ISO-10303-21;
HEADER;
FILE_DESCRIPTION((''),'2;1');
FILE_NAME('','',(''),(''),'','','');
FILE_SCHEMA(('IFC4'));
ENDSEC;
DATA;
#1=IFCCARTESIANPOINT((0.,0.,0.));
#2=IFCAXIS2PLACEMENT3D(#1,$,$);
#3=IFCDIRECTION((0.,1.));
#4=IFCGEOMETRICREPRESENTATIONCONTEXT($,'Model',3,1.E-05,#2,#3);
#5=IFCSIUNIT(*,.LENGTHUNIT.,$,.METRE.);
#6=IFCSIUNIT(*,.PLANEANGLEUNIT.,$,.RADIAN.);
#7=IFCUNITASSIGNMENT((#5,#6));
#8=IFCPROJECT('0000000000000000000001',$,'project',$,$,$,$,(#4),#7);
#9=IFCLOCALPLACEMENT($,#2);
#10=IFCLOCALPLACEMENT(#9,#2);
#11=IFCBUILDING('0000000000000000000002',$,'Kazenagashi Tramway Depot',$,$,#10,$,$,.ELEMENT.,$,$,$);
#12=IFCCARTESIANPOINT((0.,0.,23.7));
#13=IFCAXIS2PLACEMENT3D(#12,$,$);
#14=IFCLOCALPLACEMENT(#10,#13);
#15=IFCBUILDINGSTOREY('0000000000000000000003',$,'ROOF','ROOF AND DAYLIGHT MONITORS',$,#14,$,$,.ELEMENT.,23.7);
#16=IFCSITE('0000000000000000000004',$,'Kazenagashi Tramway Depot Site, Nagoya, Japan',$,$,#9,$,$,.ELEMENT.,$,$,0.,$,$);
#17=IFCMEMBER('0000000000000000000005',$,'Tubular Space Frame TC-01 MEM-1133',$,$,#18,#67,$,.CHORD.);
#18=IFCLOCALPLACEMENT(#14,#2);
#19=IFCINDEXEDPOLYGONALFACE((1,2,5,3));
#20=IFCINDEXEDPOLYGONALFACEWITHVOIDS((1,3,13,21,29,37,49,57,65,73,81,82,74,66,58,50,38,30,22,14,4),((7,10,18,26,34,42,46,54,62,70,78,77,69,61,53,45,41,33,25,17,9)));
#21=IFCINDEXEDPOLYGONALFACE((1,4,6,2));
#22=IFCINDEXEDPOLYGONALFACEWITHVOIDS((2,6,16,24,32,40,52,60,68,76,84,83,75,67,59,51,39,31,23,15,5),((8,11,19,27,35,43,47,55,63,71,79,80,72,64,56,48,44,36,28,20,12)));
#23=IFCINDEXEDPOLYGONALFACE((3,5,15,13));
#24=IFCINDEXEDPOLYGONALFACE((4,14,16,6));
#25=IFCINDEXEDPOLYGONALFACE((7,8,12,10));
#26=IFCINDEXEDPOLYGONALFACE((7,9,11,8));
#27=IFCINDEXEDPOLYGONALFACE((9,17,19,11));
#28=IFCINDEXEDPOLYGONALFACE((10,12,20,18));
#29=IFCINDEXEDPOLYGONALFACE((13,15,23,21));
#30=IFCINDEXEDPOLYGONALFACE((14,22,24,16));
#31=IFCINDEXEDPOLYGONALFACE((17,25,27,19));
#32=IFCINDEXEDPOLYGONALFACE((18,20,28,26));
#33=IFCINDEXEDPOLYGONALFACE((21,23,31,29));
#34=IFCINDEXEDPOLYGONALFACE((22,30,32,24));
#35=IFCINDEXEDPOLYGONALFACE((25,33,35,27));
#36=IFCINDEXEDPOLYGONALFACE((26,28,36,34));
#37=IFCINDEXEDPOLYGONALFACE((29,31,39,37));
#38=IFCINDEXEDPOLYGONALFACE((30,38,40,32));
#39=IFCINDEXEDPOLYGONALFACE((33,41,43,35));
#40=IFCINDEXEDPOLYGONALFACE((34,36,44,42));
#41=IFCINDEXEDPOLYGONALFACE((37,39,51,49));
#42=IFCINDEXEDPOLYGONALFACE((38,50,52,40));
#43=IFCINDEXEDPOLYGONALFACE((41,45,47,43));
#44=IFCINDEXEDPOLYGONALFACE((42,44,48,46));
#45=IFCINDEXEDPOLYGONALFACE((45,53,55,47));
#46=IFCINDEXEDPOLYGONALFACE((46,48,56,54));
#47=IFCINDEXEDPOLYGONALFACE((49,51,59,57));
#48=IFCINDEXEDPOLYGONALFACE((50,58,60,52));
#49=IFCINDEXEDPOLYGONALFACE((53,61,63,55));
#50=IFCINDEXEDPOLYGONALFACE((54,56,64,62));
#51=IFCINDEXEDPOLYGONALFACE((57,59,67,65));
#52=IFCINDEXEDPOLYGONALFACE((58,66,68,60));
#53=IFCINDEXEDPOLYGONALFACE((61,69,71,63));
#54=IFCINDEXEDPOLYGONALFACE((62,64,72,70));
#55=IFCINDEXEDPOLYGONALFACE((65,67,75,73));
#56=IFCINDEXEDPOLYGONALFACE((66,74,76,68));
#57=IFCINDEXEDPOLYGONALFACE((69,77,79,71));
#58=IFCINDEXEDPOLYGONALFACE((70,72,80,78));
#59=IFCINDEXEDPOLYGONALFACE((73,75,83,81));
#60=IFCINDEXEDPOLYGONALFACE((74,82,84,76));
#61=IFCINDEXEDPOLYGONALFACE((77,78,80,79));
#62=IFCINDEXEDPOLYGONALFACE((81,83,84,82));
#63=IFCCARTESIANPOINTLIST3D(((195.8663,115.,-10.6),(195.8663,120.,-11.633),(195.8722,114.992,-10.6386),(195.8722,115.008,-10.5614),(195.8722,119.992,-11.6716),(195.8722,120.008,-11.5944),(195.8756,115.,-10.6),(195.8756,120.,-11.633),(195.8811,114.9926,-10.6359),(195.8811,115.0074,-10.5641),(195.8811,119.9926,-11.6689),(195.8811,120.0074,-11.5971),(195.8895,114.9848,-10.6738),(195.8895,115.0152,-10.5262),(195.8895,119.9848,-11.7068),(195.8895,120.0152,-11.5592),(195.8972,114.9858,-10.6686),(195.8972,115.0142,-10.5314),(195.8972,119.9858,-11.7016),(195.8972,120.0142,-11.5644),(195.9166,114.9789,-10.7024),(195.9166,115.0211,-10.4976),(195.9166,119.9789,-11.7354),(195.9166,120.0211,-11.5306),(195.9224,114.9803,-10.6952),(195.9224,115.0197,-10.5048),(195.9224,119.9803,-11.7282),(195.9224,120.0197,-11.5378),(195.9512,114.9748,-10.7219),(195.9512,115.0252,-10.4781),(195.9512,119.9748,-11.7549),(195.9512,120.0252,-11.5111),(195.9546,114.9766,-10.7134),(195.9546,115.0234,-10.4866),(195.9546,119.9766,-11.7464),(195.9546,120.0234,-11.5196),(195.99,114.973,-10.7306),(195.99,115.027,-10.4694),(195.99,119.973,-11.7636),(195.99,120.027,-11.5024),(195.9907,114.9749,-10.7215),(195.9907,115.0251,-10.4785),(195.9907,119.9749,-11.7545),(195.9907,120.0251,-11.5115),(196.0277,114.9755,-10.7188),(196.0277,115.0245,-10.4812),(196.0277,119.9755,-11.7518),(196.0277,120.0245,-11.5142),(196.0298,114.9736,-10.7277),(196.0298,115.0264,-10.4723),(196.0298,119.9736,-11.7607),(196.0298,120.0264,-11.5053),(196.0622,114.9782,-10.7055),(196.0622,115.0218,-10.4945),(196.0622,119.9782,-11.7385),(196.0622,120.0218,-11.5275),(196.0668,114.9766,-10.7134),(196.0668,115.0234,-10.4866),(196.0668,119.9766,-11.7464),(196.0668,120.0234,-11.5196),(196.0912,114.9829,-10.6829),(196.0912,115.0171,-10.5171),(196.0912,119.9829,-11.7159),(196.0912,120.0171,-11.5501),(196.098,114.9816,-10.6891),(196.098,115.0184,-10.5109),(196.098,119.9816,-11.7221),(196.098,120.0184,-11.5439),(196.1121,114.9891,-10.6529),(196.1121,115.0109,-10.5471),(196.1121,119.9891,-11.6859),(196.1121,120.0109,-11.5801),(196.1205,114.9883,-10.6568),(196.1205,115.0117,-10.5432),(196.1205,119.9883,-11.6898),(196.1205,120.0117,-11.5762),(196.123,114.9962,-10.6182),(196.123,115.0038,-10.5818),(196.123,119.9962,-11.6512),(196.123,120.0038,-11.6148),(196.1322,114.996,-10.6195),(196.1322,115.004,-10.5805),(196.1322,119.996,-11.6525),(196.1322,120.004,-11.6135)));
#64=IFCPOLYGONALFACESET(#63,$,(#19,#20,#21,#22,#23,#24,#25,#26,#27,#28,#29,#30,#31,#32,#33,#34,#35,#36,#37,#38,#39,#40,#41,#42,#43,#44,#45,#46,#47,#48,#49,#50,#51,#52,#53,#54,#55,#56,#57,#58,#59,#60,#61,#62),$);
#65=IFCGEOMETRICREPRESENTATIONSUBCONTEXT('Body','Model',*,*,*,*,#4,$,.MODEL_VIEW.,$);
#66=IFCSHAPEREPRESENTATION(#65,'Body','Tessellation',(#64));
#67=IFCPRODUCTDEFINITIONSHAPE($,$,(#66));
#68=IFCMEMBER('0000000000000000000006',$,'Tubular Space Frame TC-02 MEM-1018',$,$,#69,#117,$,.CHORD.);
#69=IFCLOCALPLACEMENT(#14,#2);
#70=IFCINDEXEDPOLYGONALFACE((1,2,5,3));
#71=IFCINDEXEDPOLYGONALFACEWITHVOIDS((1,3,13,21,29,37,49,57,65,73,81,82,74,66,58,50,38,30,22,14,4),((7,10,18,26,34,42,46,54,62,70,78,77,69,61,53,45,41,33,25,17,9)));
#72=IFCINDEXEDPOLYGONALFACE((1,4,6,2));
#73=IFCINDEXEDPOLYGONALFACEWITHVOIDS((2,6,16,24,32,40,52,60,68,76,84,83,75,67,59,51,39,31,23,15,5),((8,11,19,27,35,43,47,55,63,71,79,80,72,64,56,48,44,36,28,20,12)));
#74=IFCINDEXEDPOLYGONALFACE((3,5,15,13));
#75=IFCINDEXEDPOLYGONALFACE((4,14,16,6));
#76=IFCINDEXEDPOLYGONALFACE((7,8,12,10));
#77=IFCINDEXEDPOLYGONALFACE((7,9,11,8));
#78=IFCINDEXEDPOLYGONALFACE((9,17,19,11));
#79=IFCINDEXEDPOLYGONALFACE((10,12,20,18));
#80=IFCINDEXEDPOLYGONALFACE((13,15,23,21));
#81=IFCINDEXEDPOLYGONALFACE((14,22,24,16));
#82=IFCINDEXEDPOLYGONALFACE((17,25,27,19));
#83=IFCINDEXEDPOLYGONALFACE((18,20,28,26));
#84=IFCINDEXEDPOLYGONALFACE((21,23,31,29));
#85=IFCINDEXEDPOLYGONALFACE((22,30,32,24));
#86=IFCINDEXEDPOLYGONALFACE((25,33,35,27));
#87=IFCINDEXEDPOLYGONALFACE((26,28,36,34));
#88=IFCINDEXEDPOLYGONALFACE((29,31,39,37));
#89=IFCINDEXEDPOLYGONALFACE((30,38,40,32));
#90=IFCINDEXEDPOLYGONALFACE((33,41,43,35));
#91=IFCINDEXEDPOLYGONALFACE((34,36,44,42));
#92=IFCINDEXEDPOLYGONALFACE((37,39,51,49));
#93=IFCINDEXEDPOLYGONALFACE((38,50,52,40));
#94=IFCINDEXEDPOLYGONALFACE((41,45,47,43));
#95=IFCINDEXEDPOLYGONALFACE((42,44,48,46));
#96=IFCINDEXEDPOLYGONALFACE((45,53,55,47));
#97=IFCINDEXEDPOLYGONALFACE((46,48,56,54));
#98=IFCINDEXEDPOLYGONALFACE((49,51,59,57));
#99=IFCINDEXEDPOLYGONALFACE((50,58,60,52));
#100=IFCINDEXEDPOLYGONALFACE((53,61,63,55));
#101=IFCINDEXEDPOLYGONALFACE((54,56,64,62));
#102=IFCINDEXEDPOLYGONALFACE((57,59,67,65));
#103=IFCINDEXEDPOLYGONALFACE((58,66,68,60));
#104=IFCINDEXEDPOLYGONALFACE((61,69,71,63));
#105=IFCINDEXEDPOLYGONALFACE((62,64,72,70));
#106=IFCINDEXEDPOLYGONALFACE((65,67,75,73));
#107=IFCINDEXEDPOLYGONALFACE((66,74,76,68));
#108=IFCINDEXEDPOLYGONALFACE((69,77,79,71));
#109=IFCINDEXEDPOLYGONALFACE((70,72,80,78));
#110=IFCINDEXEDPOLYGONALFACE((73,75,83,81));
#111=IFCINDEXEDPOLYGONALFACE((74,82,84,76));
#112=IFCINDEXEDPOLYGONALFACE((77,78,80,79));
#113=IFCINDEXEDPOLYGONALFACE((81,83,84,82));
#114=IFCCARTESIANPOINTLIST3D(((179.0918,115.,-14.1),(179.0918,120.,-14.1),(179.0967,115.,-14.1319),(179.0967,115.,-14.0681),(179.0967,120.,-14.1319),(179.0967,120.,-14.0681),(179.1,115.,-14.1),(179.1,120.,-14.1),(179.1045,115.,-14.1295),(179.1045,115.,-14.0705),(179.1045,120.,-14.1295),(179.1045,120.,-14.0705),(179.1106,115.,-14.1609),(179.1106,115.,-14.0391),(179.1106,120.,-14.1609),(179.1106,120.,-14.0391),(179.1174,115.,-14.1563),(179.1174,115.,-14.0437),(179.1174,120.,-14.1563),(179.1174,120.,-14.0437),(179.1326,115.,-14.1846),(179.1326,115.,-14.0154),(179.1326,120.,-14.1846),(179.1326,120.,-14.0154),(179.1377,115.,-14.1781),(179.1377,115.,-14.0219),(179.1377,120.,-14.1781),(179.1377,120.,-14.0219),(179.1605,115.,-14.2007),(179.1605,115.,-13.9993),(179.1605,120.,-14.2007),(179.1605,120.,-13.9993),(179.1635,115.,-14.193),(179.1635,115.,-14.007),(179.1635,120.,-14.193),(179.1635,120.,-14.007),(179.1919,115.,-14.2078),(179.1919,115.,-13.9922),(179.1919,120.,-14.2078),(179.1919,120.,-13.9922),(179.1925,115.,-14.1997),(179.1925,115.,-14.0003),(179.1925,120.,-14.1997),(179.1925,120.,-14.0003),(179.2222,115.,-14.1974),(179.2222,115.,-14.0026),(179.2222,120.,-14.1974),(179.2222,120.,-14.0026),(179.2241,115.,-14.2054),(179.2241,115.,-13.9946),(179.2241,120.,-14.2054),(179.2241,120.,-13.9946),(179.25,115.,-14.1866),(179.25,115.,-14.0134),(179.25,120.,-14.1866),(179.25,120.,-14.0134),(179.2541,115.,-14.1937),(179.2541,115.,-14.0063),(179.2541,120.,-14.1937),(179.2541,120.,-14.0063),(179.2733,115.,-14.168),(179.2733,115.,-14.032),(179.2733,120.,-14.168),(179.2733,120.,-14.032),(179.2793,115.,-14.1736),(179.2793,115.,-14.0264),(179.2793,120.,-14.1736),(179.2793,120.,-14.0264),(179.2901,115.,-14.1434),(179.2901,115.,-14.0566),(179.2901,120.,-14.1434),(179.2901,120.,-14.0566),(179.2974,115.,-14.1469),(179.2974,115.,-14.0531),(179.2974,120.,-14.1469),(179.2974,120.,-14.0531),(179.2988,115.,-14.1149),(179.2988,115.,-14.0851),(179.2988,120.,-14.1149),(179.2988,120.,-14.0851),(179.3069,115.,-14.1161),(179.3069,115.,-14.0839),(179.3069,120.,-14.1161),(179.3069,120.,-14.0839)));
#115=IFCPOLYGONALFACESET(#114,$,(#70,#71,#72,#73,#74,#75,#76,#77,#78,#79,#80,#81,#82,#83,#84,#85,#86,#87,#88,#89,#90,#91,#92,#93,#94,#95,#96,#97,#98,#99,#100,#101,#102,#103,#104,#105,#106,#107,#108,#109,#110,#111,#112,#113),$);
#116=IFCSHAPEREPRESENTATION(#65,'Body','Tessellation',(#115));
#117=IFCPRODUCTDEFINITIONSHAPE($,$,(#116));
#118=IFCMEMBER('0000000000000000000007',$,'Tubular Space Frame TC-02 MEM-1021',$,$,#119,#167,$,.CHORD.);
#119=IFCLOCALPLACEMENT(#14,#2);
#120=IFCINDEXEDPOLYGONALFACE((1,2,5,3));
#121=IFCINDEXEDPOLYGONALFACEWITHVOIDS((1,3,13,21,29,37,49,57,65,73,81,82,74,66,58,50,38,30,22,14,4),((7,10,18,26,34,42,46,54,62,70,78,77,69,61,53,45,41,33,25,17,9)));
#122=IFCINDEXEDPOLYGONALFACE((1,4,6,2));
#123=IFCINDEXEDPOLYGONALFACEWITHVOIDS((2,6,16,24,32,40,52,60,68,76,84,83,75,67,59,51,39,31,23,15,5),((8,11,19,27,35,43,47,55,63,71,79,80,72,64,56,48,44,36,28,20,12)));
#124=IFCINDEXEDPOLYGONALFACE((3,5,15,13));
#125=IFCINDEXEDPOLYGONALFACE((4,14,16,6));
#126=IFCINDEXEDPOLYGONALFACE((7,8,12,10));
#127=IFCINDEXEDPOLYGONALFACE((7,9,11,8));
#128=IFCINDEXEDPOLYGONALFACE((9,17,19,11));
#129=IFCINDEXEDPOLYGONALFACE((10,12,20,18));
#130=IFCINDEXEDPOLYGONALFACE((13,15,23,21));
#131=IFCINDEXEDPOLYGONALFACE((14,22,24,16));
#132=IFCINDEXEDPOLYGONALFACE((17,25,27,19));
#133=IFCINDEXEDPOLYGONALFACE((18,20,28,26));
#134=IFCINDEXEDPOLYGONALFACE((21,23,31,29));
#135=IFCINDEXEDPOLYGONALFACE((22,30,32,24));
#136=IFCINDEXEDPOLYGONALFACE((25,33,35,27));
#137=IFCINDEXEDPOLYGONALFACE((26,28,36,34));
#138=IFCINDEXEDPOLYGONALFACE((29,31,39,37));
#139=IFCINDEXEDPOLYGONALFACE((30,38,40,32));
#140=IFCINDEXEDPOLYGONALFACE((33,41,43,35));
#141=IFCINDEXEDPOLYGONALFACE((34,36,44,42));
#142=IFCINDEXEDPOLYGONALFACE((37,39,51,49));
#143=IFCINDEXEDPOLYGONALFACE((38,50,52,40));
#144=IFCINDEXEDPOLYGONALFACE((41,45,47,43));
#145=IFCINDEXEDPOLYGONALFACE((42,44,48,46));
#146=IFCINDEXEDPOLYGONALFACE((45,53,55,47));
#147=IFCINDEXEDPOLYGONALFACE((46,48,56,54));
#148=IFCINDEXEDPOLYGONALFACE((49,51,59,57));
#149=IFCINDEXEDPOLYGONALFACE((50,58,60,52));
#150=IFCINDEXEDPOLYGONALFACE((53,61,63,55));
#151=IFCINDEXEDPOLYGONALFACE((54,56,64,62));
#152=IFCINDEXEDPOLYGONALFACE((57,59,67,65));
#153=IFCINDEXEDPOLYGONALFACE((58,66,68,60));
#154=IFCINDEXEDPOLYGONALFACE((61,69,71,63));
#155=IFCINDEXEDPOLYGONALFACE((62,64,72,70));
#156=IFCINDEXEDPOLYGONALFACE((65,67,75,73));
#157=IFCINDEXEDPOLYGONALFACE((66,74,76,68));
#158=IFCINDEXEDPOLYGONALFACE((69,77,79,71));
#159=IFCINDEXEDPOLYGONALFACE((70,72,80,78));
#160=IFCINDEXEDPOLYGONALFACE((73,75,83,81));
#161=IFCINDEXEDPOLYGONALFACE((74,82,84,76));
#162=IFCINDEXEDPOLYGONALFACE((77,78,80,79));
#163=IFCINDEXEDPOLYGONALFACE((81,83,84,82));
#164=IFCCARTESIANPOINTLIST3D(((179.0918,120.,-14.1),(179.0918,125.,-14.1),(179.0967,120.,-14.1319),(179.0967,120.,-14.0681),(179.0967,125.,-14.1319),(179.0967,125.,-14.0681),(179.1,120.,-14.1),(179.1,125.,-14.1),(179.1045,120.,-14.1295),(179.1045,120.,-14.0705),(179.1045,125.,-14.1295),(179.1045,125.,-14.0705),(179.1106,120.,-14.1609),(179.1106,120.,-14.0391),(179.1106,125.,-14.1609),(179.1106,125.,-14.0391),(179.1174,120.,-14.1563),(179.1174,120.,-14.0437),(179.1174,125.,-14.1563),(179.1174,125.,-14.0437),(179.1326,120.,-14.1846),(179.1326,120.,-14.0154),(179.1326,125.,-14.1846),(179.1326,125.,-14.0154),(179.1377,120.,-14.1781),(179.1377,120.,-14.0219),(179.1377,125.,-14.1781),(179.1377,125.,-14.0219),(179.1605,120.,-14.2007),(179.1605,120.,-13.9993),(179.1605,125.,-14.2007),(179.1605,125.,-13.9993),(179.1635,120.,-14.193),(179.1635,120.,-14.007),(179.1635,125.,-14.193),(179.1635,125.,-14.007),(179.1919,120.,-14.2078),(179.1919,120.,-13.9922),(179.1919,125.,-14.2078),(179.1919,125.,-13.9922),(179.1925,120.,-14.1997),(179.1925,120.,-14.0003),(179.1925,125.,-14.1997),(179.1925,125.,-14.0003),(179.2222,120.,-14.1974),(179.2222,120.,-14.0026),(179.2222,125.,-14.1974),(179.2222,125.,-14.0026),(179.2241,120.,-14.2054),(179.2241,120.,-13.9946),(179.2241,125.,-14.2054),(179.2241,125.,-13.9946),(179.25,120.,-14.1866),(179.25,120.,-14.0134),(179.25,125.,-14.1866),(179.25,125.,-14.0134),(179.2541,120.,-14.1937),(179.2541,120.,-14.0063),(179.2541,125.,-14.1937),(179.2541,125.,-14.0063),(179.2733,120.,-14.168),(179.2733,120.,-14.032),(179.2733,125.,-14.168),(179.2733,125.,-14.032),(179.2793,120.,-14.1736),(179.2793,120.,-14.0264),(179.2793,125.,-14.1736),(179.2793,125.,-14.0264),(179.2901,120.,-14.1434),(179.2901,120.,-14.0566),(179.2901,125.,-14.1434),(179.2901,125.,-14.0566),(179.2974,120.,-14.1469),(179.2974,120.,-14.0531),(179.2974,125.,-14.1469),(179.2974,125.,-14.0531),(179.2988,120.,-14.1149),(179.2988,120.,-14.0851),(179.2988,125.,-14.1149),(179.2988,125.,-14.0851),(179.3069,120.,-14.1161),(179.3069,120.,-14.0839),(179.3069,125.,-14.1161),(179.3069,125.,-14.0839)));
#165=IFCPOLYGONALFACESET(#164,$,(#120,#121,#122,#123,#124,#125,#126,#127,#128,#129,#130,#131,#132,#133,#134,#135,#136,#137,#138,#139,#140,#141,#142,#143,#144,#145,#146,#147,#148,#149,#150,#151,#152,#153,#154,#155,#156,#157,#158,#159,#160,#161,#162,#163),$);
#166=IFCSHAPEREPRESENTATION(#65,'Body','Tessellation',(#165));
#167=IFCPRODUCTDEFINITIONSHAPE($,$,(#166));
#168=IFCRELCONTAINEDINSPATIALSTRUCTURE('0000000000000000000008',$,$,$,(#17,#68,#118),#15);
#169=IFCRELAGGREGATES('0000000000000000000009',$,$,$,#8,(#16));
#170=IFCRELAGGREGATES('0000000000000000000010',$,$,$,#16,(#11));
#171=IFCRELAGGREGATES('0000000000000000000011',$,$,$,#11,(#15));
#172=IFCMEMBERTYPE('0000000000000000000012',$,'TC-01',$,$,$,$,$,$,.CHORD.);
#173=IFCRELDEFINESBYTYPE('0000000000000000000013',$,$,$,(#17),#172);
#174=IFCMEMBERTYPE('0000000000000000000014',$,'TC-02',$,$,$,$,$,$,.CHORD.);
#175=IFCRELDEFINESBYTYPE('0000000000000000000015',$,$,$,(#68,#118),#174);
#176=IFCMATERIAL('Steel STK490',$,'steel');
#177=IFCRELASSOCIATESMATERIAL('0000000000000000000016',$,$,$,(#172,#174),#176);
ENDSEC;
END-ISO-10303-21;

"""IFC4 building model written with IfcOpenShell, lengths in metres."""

from ifc_helpers import new_model, si_unit, direction, frame, origin, origin_2d, place, context, subcontext, project, spatial, hollow_circle, extrude, material, material_profile, profile_set, type_object, element, save


model = new_model("IFC4")

# Units and contexts
model_context = context("Model", 3, precision=1e-05, world=origin(), true_north=direction((0.0, 1.0)))
body_context = subcontext(model_context, "Body", "Model", "MODEL_VIEW")
ifc_project = project(units=[si_unit("LENGTHUNIT", "METRE"), si_unit("PLANEANGLEUNIT", "RADIAN")], contexts=[model_context])

# Site, building, storey
site_placement = place(None, origin())
site = spatial("IfcSite", under=ifc_project, at=site_placement, Name="Kazenagashi Tramway Depot Site, Nagoya, Japan", CompositionType="ELEMENT", RefElevation=0.0)
building_placement = place(site_placement, origin())
building = spatial("IfcBuilding", under=site, at=building_placement, Name="Kazenagashi Tramway Depot", CompositionType="ELEMENT")
storey_placement = place(building_placement, frame((0.0, 0.0, 23.7)))
storey = spatial("IfcBuildingStorey", under=building, at=storey_placement, Name="ROOF", Description="ROOF AND DAYLIGHT MONITORS", CompositionType="ELEMENT", Elevation=23.7)

# Members
ifc_material_1 = material(Name="Steel STK490", Category="steel")
ifc_material_profile_1 = material_profile(ifc_material_1, hollow_circle(Radius=0.1337, WallThickness=0.0093, at=origin_2d()), Name="CHS-267.4x9.3")
ifc_profile_set_1 = profile_set([ifc_material_profile_1], Name="Steel STK490")
member_type_1 = type_object("IfcMemberType", Name="TC-01", PredefinedType="CHORD", material=ifc_profile_set_1)
for number, where, z_axis, x_axis, name in (
    (1, (196.0, 115.0, -10.6), (0.0, 0.979318, -0.202327), (-1.0, 0.0, 0.0), "Tubular Space Frame TC-01 MEM-1133"),
):
    element("IfcMember", number, at=place(storey_placement, frame(where, z_axis=z_axis, x_axis=x_axis)), inside=storey, type_object=member_type_1, Name=name, PredefinedType="CHORD", context=body_context, shape_type="SweptSolid", body=[
        extrude(hollow_circle(Radius=0.1337, WallThickness=0.0093, at=origin_2d()), origin(), (0.0, 0.0, 1.0), 5.1056),
    ])
ifc_material_profile_2 = material_profile(ifc_material_1, hollow_circle(Radius=0.1081, WallThickness=0.0082, at=origin_2d()), Name="CHS-216.3x8.2")
ifc_profile_set_2 = profile_set([ifc_material_profile_2], Name="Steel STK490")
member_type_2 = type_object("IfcMemberType", Name="TC-02", PredefinedType="CHORD", material=ifc_profile_set_2)
for number, where, z_axis, x_axis, name in (
    (2, (179.2, 115.0, -14.1), (0.0, 1.0, 0.0), (-1.0, 0.0, 0.0), "Tubular Space Frame TC-02 MEM-1018"),
    (3, (179.2, 120.0, -14.1), (0.0, 1.0, 0.0), (-1.0, 0.0, 0.0), "Tubular Space Frame TC-02 MEM-1021"),
):
    element("IfcMember", number, at=place(storey_placement, frame(where, z_axis=z_axis, x_axis=x_axis)), inside=storey, type_object=member_type_2, Name=name, PredefinedType="CHORD", context=body_context, shape_type="SweptSolid", body=[
        extrude(hollow_circle(Radius=0.1081, WallThickness=0.0082, at=origin_2d()), origin(), (0.0, 0.0, 1.0), 5.0),
    ])

save(model, "model.ifc")
